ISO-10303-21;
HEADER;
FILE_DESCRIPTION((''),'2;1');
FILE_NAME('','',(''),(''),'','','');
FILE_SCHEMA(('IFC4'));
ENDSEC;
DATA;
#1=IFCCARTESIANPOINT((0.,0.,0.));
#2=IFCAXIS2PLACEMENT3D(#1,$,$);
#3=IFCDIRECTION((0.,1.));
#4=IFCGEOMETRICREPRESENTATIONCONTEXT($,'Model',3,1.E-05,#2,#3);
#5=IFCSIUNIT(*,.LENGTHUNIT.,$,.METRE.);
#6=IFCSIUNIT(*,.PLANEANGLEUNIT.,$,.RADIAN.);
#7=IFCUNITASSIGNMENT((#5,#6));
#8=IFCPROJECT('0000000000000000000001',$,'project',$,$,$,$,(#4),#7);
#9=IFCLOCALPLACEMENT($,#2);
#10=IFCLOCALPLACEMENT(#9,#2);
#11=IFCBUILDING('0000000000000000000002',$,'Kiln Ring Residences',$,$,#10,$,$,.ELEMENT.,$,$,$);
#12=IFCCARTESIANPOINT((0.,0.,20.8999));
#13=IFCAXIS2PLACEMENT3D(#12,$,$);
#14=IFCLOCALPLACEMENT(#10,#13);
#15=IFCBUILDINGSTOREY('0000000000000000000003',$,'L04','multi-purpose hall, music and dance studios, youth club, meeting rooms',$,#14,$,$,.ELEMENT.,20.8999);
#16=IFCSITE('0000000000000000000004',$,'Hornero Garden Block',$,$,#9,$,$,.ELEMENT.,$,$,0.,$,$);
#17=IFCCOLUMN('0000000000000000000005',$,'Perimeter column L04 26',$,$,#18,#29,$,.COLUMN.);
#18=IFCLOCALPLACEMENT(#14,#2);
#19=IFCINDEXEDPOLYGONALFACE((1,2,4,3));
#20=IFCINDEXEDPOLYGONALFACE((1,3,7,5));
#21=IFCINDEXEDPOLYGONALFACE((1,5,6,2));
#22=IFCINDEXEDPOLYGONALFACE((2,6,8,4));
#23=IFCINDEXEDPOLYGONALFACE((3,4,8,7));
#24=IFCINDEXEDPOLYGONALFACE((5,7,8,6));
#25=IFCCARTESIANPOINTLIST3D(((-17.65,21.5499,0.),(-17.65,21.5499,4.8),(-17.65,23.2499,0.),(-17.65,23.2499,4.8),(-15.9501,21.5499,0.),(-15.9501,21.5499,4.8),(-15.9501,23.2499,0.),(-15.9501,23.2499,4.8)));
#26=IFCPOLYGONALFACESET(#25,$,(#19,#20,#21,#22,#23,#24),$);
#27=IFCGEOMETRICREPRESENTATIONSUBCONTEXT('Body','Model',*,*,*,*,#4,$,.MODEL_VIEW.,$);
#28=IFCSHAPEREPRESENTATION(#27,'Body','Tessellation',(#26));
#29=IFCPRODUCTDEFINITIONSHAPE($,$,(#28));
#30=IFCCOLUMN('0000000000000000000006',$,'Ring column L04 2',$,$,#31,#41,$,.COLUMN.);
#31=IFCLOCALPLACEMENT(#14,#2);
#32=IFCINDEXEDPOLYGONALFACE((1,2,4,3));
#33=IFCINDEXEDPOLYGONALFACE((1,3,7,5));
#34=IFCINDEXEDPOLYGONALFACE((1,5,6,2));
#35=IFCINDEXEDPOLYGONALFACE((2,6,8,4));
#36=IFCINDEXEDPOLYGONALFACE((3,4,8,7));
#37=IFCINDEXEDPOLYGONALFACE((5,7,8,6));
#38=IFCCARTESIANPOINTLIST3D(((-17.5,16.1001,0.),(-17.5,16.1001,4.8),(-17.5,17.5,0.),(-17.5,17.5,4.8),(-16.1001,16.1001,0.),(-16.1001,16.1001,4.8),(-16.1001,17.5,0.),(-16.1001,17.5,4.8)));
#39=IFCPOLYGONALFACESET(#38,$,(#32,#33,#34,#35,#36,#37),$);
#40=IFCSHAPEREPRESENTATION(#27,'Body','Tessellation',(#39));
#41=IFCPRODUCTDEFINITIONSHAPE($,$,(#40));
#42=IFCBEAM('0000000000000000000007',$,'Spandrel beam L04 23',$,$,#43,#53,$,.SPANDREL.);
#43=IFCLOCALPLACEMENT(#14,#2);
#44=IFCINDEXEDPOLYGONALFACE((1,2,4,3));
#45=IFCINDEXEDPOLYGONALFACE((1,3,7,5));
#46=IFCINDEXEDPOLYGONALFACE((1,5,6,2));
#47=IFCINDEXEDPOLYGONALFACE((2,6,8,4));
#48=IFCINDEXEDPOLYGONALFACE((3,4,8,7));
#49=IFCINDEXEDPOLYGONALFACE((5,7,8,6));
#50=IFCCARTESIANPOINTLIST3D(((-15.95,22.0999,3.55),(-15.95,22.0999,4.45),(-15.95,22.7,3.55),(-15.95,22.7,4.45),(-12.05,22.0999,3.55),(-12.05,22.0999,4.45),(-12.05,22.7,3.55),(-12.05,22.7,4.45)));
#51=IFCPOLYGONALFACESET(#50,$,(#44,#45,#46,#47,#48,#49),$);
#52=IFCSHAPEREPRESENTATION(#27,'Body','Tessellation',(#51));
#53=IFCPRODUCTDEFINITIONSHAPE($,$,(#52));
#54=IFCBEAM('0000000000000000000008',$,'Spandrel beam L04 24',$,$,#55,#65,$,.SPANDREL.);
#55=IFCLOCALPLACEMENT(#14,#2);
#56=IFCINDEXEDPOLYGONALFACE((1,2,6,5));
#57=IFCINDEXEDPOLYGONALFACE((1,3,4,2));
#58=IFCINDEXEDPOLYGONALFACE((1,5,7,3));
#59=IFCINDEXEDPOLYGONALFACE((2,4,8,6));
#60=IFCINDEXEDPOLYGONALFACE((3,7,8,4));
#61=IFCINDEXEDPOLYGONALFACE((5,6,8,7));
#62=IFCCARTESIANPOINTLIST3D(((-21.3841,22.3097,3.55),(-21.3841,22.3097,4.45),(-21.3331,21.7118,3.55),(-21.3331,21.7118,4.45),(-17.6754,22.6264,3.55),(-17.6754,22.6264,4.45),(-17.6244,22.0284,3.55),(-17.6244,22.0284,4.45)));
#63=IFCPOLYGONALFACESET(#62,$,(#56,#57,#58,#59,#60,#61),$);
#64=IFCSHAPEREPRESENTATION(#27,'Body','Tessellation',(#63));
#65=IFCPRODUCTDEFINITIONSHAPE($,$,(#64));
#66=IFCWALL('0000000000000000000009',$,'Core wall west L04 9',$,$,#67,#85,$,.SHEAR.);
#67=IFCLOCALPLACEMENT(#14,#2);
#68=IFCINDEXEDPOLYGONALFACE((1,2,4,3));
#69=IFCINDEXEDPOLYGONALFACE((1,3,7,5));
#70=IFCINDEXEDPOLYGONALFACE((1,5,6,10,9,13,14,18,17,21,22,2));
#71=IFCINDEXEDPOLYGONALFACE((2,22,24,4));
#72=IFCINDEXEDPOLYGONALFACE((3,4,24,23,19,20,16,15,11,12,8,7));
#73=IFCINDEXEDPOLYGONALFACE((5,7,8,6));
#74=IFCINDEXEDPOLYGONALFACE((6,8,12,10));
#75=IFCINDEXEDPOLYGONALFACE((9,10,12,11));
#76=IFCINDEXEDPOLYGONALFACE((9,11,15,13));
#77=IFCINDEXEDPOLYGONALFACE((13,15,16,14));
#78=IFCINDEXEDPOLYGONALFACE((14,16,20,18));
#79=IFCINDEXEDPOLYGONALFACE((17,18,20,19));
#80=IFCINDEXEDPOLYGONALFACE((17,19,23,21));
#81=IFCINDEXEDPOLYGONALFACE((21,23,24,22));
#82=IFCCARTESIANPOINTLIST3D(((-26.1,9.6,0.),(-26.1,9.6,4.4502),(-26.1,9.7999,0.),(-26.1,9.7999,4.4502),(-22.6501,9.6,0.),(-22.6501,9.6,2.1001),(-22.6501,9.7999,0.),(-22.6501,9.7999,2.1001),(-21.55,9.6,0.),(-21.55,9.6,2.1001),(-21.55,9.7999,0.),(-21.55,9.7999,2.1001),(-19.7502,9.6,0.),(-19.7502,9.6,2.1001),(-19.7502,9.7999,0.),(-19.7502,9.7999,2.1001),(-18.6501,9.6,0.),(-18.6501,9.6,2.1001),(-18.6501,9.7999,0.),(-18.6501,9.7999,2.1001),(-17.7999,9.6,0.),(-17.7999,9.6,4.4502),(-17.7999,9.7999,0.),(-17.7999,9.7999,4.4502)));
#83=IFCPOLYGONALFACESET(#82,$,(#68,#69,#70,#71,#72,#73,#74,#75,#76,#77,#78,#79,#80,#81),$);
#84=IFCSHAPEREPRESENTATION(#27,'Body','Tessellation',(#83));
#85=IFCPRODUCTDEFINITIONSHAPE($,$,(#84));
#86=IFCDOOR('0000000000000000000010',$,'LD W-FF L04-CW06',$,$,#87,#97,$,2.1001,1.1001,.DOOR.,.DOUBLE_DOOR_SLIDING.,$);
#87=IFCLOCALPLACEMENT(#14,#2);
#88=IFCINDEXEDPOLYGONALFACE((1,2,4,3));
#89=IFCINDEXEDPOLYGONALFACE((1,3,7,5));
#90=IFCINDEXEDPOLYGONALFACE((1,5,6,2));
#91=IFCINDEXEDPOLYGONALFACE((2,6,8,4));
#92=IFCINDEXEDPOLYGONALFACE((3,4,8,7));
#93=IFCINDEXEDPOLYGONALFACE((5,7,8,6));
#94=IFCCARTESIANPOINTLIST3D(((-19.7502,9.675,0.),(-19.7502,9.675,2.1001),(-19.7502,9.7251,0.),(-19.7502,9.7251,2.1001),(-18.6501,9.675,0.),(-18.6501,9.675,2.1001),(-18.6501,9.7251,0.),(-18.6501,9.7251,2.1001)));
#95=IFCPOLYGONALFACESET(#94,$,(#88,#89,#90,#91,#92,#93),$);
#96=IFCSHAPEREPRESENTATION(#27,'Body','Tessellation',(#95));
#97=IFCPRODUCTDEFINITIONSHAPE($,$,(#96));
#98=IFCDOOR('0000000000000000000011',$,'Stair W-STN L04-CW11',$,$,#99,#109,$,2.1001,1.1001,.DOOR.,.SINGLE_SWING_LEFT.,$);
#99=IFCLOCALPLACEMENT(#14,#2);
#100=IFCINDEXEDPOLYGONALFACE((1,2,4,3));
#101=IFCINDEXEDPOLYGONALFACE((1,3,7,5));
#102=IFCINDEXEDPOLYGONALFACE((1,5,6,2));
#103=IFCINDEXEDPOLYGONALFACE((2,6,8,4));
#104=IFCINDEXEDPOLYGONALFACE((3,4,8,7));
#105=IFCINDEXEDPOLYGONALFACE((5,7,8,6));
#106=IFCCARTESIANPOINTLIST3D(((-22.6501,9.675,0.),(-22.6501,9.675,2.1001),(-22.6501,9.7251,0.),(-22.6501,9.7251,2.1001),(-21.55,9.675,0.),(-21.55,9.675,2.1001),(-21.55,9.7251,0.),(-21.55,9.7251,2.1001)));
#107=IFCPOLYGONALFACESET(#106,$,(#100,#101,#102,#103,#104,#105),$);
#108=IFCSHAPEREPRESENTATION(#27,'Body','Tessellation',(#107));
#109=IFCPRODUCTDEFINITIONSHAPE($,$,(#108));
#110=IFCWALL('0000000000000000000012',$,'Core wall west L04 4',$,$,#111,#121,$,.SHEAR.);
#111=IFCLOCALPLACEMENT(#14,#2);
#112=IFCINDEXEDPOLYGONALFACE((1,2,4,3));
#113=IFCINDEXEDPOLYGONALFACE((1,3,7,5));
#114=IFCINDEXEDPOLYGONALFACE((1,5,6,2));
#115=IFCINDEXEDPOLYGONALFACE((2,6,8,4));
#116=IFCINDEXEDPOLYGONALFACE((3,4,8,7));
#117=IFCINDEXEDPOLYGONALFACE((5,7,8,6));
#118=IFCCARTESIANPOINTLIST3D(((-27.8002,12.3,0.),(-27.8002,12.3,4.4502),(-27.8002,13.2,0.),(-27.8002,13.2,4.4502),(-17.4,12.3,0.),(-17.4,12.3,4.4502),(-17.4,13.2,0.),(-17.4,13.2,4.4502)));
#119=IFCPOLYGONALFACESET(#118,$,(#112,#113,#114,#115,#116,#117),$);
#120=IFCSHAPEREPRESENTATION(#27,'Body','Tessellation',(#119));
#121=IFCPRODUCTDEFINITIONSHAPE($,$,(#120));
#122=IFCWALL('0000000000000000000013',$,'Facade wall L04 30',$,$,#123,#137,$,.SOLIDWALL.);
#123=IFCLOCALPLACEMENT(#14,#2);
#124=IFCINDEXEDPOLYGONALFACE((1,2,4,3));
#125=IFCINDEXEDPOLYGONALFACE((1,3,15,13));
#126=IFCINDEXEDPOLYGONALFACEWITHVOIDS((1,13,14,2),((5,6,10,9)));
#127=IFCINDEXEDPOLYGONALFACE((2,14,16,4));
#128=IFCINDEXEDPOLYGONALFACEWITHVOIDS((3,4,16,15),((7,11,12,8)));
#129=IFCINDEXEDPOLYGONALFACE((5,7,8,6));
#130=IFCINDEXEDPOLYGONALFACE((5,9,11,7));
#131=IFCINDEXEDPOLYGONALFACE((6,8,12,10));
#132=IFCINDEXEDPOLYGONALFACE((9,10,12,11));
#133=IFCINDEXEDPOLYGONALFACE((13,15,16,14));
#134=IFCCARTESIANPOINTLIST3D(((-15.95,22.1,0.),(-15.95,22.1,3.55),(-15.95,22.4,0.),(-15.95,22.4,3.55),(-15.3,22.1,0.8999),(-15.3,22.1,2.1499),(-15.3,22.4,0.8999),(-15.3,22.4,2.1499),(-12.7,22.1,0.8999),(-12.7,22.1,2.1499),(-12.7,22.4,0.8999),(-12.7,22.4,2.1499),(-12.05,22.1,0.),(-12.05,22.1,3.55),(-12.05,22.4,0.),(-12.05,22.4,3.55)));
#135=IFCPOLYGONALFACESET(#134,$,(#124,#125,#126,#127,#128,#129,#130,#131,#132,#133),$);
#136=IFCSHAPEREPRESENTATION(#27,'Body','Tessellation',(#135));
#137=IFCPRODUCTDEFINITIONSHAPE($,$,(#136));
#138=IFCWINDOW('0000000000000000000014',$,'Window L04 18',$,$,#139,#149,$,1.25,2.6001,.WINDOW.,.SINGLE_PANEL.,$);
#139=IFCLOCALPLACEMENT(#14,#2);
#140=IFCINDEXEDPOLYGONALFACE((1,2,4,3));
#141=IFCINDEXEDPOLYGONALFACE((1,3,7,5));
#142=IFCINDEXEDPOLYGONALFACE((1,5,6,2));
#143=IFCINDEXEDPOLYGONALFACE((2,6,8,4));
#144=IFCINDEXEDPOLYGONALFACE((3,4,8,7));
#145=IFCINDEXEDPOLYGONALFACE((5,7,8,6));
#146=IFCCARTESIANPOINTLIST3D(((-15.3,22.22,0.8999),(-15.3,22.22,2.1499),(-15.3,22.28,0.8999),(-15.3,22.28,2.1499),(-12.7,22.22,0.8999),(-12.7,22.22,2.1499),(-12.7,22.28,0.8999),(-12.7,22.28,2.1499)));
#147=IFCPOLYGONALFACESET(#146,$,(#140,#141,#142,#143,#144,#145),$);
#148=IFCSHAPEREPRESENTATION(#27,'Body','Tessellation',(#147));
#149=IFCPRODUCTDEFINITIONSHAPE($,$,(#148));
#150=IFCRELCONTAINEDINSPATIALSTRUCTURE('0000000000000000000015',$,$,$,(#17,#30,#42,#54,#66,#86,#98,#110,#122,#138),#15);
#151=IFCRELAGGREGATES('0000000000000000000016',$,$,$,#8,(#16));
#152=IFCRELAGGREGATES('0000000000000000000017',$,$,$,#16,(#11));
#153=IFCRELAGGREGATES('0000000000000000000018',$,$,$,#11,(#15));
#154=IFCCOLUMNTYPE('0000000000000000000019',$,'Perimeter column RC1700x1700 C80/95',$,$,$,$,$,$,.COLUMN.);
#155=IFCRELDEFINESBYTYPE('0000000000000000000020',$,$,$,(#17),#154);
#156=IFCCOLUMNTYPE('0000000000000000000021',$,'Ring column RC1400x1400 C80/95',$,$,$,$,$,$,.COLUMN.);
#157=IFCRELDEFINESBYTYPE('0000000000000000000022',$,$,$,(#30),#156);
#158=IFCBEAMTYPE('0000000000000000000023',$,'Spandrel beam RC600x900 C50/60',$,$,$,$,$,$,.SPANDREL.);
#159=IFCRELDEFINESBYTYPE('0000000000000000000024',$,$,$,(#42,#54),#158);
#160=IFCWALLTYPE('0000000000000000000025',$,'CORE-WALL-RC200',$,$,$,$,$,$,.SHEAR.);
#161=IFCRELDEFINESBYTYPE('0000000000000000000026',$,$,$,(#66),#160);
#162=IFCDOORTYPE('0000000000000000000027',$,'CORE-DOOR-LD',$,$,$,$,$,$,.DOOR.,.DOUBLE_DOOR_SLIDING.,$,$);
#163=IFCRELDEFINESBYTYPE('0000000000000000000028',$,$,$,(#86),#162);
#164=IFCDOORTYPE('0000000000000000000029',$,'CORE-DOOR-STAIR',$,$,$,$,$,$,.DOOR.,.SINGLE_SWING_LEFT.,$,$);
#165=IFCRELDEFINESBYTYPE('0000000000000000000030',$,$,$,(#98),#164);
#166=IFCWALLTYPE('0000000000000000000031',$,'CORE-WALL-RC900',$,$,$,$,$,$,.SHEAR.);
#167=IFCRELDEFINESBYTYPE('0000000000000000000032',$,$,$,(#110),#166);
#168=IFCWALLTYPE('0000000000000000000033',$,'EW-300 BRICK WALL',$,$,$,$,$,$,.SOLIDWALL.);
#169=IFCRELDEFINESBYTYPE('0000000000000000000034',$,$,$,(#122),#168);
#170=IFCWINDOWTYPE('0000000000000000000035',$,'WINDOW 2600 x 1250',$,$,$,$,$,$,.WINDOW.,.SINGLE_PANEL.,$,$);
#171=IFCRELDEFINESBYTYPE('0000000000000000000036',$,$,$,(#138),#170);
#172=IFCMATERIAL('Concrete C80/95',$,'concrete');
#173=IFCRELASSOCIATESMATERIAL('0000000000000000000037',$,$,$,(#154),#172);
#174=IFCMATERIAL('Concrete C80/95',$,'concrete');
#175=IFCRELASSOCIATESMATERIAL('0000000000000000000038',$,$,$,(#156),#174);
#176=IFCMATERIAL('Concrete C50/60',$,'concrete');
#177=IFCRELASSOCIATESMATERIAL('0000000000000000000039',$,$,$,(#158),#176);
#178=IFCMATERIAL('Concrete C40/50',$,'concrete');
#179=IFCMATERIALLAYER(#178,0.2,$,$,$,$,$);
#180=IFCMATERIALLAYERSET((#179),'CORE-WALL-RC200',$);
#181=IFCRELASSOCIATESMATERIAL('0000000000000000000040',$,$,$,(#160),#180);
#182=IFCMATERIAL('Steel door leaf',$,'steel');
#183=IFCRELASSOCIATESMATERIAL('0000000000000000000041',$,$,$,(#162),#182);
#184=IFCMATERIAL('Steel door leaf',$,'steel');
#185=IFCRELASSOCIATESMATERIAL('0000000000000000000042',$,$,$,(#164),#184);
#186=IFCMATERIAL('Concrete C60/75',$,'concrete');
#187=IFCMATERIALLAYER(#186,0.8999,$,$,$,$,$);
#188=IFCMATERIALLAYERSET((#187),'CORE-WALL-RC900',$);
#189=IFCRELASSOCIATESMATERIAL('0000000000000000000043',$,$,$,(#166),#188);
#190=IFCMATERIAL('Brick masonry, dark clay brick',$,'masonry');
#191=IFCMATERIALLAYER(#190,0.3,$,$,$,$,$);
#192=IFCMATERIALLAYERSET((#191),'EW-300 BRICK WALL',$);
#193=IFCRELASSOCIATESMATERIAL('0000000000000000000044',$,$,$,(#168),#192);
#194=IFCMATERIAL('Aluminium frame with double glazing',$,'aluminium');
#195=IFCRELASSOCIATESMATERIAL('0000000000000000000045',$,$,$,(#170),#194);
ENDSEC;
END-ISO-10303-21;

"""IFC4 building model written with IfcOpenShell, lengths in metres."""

from ifc_helpers import new_model, si_unit, direction, frame, frame_2d, origin, origin_2d, place, context, subcontext, project, spatial, rectangle, extrude, material, layer, layer_set, material_profile, profile_set, type_object, element, fill, save


model = new_model("IFC4")

# Units and contexts
model_context = context("Model", 3, precision=1e-05, world=origin(), true_north=direction((0.0, 1.0)))
body_context = subcontext(model_context, "Body", "Model", "MODEL_VIEW")
ifc_project = project(units=[si_unit("LENGTHUNIT", "METRE"), si_unit("PLANEANGLEUNIT", "RADIAN")], contexts=[model_context])

# Site, building, storey
site_placement = place(None, origin())
site = spatial("IfcSite", under=ifc_project, at=site_placement, Name="Hornero Garden Block", CompositionType="ELEMENT", RefElevation=0.0)
building_placement = place(site_placement, origin())
building = spatial("IfcBuilding", under=site, at=building_placement, Name="Kiln Ring Residences", CompositionType="ELEMENT")
storey_placement = place(building_placement, frame((0.0, 0.0, 20.8999)))
storey = spatial("IfcBuildingStorey", under=building, at=storey_placement, Name="L04", Description="multi-purpose hall, music and dance studios, youth club, meeting rooms", CompositionType="ELEMENT", Elevation=20.8999)

# Columns
ifc_material_1 = material(Name="Concrete C80/95", Category="concrete")
ifc_material_profile_1 = material_profile(ifc_material_1, rectangle(XDim=1.7, YDim=1.7, at=origin_2d()), Name="RC1700x1700")
ifc_profile_set_1 = profile_set([ifc_material_profile_1], Name="Concrete C80/95")
column_type_1 = type_object("IfcColumnType", Name="Perimeter column RC1700x1700 C80/95", PredefinedType="COLUMN", material=ifc_profile_set_1)
column_1_placement = place(storey_placement, frame((-16.8, 22.3999, 0.0), z_axis=(0.0, 0.0, 1.0), x_axis=(1.0, 0.0, 0.0)))
element("IfcColumn", 1, at=column_1_placement, inside=storey, type_object=column_type_1, Name="Perimeter column L04 26", PredefinedType="COLUMN", context=body_context, shape_type="SweptSolid", body=[
    extrude(rectangle(XDim=1.7, YDim=1.7, at=origin_2d()), origin(), (0.0, 0.0, 1.0), 4.8),
])
ifc_material_2 = material(Name="Concrete C80/95", Category="concrete")
ifc_material_profile_2 = material_profile(ifc_material_2, rectangle(XDim=1.3999, YDim=1.3999, at=origin_2d()), Name="RC1400x1400")
ifc_profile_set_2 = profile_set([ifc_material_profile_2], Name="Concrete C80/95")
column_type_2 = type_object("IfcColumnType", Name="Ring column RC1400x1400 C80/95", PredefinedType="COLUMN", material=ifc_profile_set_2)
column_2_placement = place(storey_placement, frame((-16.8, 16.8, 0.0), z_axis=(0.0, 0.0, 1.0), x_axis=(1.0, 0.0, 0.0)))
element("IfcColumn", 2, at=column_2_placement, inside=storey, type_object=column_type_2, Name="Ring column L04 2", PredefinedType="COLUMN", context=body_context, shape_type="SweptSolid", body=[
    extrude(rectangle(XDim=1.3999, YDim=1.3999, at=origin_2d()), origin(), (0.0, 0.0, 1.0), 4.8),
])

# Beams
ifc_material_3 = material(Name="Concrete C50/60", Category="concrete")
ifc_material_profile_3 = material_profile(ifc_material_3, rectangle(XDim=0.6001, YDim=0.8999, at=origin_2d()), Name="RC600x900")
ifc_profile_set_3 = profile_set([ifc_material_profile_3], Name="Concrete C50/60")
beam_type = type_object("IfcBeamType", Name="Spandrel beam RC600x900 C50/60", PredefinedType="SPANDREL", material=ifc_profile_set_3)
beam_1_placement = place(storey_placement, frame((-12.05, 22.3999, 4.0), z_axis=(-1.0, 0.0, 0.0), x_axis=(0.0, -1.0, 0.0)))
element("IfcBeam", 3, at=beam_1_placement, inside=storey, type_object=beam_type, Name="Spandrel beam L04 23", PredefinedType="SPANDREL", context=body_context, shape_type="SweptSolid", body=[
    extrude(rectangle(XDim=0.6001, YDim=0.8999, at=origin_2d()), origin(), (0.0, 0.0, 1.0), 3.8999),
])
beam_2_placement = place(storey_placement, frame((-17.6499, 22.3274, 4.0), z_axis=(-0.996375, -0.08507, 0.0), x_axis=(0.08507, -0.996375, 0.0)))
element("IfcBeam", 4, at=beam_2_placement, inside=storey, type_object=beam_type, Name="Spandrel beam L04 24", PredefinedType="SPANDREL", context=body_context, shape_type="SweptSolid", body=[
    extrude(rectangle(XDim=0.6001, YDim=0.8999, at=origin_2d()), origin(), (0.0, 0.0, 1.0), 3.7222),
])

# Wall, openings, doors
ifc_material_4 = material(Name="Concrete C40/50", Category="concrete")
ifc_layer_1 = layer(ifc_material_4, 0.2)
ifc_layer_set_1 = layer_set([ifc_layer_1], Name="CORE-WALL-RC200")
wall_type_1 = type_object("IfcWallType", Name="CORE-WALL-RC200", PredefinedType="SHEAR", material=ifc_layer_set_1)
wall_1_placement = place(storey_placement, frame((-17.8, 9.7, 0.0), z_axis=(0.0, 0.0, 1.0), x_axis=(-1.0, 0.0, 0.0)))
wall_1 = element("IfcWall", 5, at=wall_1_placement, inside=storey, type_object=wall_type_1, Name="Core wall west L04 9", PredefinedType="SHEAR", context=body_context, shape_type="SweptSolid", body=[
    extrude(rectangle(XDim=8.3, YDim=0.2, at=frame_2d((4.1499, 0.0))), origin(), (0.0, 0.0, 1.0), 4.4502),
])
opening_1_placement = place(wall_1_placement, frame((0.8501, 0.0, 0.0)))
opening_1 = element("IfcOpeningElement", 6, at=opening_1_placement, cuts=wall_1, PredefinedType="OPENING", context=body_context, shape_type="SweptSolid", body=[
    extrude(rectangle(XDim=1.1001, YDim=2.1001, at=frame_2d((0.55, 1.05))), frame((0.0, 0.1099, 0.0), z_axis=(0.0, -1.0, 0.0), x_axis=(1.0, 0.0, 0.0)), (0.0, 0.0, 1.0), 0.22),
])
opening_2_placement = place(wall_1_placement, frame((3.75, 0.0, 0.0)))
opening_2 = element("IfcOpeningElement", 7, at=opening_2_placement, cuts=wall_1, PredefinedType="OPENING", context=body_context, shape_type="SweptSolid", body=[
    extrude(rectangle(XDim=1.1001, YDim=2.1001, at=frame_2d((0.55, 1.05))), frame((0.0, 0.1099, 0.0), z_axis=(0.0, -1.0, 0.0), x_axis=(1.0, 0.0, 0.0)), (0.0, 0.0, 1.0), 0.22),
])
ifc_material_5 = material(Name="Steel door leaf", Category="steel")
door_type_1 = type_object("IfcDoorType", Name="CORE-DOOR-LD", OperationType="DOUBLE_DOOR_SLIDING", PredefinedType="DOOR", material=ifc_material_5)
door_1_placement = place(opening_1_placement, origin())
door_1 = element("IfcDoor", 8, at=door_1_placement, inside=storey, type_object=door_type_1, Name="LD W-FF L04-CW06", OperationType="DOUBLE_DOOR_SLIDING", OverallHeight=2.1001, OverallWidth=1.1001, PredefinedType="DOOR", context=body_context, shape_type="SweptSolid", body=[
    extrude(rectangle(XDim=1.1001, YDim=2.1001, at=frame_2d((0.55, 1.05))), frame((0.0, 0.0249, 0.0), z_axis=(0.0, -1.0, 0.0), x_axis=(1.0, 0.0, 0.0)), (0.0, 0.0, 1.0), 0.05),
])
fill(opening_1, door_1)
ifc_material_6 = material(Name="Steel door leaf", Category="steel")
door_type_2 = type_object("IfcDoorType", Name="CORE-DOOR-STAIR", OperationType="SINGLE_SWING_LEFT", PredefinedType="DOOR", material=ifc_material_6)
door_2_placement = place(opening_2_placement, origin())
door_2 = element("IfcDoor", 9, at=door_2_placement, inside=storey, type_object=door_type_2, Name="Stair W-STN L04-CW11", OperationType="SINGLE_SWING_LEFT", OverallHeight=2.1001, OverallWidth=1.1001, PredefinedType="DOOR", context=body_context, shape_type="SweptSolid", body=[
    extrude(rectangle(XDim=1.1001, YDim=2.1001, at=frame_2d((0.55, 1.05))), frame((0.0, 0.0249, 0.0), z_axis=(0.0, -1.0, 0.0), x_axis=(1.0, 0.0, 0.0)), (0.0, 0.0, 1.0), 0.05),
])
fill(opening_2, door_2)

# Wall
ifc_material_7 = material(Name="Concrete C60/75", Category="concrete")
ifc_layer_2 = layer(ifc_material_7, 0.8999)
ifc_layer_set_2 = layer_set([ifc_layer_2], Name="CORE-WALL-RC900")
wall_type_2 = type_object("IfcWallType", Name="CORE-WALL-RC900", PredefinedType="SHEAR", material=ifc_layer_set_2)
wall_2_placement = place(storey_placement, frame((-17.3999, 12.75, 0.0), z_axis=(0.0, 0.0, 1.0), x_axis=(-1.0, 0.0, 0.0)))
element("IfcWall", 10, at=wall_2_placement, inside=storey, type_object=wall_type_2, Name="Core wall west L04 4", PredefinedType="SHEAR", context=body_context, shape_type="SweptSolid", body=[
    extrude(rectangle(XDim=10.4001, YDim=0.8999, at=frame_2d((5.2002, 0.0))), origin(), (0.0, 0.0, 1.0), 4.4502),
])

# Wall, opening, window
ifc_material_8 = material(Name="Brick masonry, dark clay brick", Category="masonry")
ifc_layer_3 = layer(ifc_material_8, 0.3)
ifc_layer_set_3 = layer_set([ifc_layer_3], Name="EW-300 BRICK WALL")
wall_type_3 = type_object("IfcWallType", Name="EW-300 BRICK WALL", PredefinedType="SOLIDWALL", material=ifc_layer_set_3)
wall_3_placement = place(storey_placement, frame((-12.05, 22.25, 0.0), z_axis=(0.0, 0.0, 1.0), x_axis=(-1.0, 0.0, 0.0)))
wall_3 = element("IfcWall", 11, at=wall_3_placement, inside=storey, type_object=wall_type_3, Name="Facade wall L04 30", PredefinedType="SOLIDWALL", context=body_context, shape_type="SweptSolid", body=[
    extrude(rectangle(XDim=3.8999, YDim=0.3, at=frame_2d((1.95, 0.0))), origin(), (0.0, 0.0, 1.0), 3.55),
])
opening_3_placement = place(wall_3_placement, frame((0.6499, 0.0, 0.8999)))
opening_3 = element("IfcOpeningElement", 12, at=opening_3_placement, cuts=wall_3, PredefinedType="OPENING", context=body_context, shape_type="SweptSolid", body=[
    extrude(rectangle(XDim=2.6001, YDim=1.25, at=frame_2d((1.3, 0.625))), frame((0.0, 0.1599, 0.0), z_axis=(0.0, -1.0, 0.0), x_axis=(1.0, 0.0, 0.0)), (0.0, 0.0, 1.0), 0.3201),
])
ifc_material_9 = material(Name="Aluminium frame with double glazing", Category="aluminium")
window_type_1 = type_object("IfcWindowType", Name="WINDOW 2600 x 1250", PartitioningType="SINGLE_PANEL", PredefinedType="WINDOW", material=ifc_material_9)
window_1_placement = place(opening_3_placement, origin())
window_1 = element("IfcWindow", 13, at=window_1_placement, inside=storey, type_object=window_type_1, Name="Window L04 18", OverallHeight=1.25, OverallWidth=2.6001, PartitioningType="SINGLE_PANEL", PredefinedType="WINDOW", context=body_context, shape_type="SweptSolid", body=[
    extrude(rectangle(XDim=2.6001, YDim=1.25, at=frame_2d((1.3, 0.625))), frame((0.0, 0.03, 0.0), z_axis=(0.0, -1.0, 0.0), x_axis=(1.0, 0.0, 0.0)), (0.0, 0.0, 1.0), 0.0601),
])
fill(opening_3, window_1)

save(model, "model.ifc")
